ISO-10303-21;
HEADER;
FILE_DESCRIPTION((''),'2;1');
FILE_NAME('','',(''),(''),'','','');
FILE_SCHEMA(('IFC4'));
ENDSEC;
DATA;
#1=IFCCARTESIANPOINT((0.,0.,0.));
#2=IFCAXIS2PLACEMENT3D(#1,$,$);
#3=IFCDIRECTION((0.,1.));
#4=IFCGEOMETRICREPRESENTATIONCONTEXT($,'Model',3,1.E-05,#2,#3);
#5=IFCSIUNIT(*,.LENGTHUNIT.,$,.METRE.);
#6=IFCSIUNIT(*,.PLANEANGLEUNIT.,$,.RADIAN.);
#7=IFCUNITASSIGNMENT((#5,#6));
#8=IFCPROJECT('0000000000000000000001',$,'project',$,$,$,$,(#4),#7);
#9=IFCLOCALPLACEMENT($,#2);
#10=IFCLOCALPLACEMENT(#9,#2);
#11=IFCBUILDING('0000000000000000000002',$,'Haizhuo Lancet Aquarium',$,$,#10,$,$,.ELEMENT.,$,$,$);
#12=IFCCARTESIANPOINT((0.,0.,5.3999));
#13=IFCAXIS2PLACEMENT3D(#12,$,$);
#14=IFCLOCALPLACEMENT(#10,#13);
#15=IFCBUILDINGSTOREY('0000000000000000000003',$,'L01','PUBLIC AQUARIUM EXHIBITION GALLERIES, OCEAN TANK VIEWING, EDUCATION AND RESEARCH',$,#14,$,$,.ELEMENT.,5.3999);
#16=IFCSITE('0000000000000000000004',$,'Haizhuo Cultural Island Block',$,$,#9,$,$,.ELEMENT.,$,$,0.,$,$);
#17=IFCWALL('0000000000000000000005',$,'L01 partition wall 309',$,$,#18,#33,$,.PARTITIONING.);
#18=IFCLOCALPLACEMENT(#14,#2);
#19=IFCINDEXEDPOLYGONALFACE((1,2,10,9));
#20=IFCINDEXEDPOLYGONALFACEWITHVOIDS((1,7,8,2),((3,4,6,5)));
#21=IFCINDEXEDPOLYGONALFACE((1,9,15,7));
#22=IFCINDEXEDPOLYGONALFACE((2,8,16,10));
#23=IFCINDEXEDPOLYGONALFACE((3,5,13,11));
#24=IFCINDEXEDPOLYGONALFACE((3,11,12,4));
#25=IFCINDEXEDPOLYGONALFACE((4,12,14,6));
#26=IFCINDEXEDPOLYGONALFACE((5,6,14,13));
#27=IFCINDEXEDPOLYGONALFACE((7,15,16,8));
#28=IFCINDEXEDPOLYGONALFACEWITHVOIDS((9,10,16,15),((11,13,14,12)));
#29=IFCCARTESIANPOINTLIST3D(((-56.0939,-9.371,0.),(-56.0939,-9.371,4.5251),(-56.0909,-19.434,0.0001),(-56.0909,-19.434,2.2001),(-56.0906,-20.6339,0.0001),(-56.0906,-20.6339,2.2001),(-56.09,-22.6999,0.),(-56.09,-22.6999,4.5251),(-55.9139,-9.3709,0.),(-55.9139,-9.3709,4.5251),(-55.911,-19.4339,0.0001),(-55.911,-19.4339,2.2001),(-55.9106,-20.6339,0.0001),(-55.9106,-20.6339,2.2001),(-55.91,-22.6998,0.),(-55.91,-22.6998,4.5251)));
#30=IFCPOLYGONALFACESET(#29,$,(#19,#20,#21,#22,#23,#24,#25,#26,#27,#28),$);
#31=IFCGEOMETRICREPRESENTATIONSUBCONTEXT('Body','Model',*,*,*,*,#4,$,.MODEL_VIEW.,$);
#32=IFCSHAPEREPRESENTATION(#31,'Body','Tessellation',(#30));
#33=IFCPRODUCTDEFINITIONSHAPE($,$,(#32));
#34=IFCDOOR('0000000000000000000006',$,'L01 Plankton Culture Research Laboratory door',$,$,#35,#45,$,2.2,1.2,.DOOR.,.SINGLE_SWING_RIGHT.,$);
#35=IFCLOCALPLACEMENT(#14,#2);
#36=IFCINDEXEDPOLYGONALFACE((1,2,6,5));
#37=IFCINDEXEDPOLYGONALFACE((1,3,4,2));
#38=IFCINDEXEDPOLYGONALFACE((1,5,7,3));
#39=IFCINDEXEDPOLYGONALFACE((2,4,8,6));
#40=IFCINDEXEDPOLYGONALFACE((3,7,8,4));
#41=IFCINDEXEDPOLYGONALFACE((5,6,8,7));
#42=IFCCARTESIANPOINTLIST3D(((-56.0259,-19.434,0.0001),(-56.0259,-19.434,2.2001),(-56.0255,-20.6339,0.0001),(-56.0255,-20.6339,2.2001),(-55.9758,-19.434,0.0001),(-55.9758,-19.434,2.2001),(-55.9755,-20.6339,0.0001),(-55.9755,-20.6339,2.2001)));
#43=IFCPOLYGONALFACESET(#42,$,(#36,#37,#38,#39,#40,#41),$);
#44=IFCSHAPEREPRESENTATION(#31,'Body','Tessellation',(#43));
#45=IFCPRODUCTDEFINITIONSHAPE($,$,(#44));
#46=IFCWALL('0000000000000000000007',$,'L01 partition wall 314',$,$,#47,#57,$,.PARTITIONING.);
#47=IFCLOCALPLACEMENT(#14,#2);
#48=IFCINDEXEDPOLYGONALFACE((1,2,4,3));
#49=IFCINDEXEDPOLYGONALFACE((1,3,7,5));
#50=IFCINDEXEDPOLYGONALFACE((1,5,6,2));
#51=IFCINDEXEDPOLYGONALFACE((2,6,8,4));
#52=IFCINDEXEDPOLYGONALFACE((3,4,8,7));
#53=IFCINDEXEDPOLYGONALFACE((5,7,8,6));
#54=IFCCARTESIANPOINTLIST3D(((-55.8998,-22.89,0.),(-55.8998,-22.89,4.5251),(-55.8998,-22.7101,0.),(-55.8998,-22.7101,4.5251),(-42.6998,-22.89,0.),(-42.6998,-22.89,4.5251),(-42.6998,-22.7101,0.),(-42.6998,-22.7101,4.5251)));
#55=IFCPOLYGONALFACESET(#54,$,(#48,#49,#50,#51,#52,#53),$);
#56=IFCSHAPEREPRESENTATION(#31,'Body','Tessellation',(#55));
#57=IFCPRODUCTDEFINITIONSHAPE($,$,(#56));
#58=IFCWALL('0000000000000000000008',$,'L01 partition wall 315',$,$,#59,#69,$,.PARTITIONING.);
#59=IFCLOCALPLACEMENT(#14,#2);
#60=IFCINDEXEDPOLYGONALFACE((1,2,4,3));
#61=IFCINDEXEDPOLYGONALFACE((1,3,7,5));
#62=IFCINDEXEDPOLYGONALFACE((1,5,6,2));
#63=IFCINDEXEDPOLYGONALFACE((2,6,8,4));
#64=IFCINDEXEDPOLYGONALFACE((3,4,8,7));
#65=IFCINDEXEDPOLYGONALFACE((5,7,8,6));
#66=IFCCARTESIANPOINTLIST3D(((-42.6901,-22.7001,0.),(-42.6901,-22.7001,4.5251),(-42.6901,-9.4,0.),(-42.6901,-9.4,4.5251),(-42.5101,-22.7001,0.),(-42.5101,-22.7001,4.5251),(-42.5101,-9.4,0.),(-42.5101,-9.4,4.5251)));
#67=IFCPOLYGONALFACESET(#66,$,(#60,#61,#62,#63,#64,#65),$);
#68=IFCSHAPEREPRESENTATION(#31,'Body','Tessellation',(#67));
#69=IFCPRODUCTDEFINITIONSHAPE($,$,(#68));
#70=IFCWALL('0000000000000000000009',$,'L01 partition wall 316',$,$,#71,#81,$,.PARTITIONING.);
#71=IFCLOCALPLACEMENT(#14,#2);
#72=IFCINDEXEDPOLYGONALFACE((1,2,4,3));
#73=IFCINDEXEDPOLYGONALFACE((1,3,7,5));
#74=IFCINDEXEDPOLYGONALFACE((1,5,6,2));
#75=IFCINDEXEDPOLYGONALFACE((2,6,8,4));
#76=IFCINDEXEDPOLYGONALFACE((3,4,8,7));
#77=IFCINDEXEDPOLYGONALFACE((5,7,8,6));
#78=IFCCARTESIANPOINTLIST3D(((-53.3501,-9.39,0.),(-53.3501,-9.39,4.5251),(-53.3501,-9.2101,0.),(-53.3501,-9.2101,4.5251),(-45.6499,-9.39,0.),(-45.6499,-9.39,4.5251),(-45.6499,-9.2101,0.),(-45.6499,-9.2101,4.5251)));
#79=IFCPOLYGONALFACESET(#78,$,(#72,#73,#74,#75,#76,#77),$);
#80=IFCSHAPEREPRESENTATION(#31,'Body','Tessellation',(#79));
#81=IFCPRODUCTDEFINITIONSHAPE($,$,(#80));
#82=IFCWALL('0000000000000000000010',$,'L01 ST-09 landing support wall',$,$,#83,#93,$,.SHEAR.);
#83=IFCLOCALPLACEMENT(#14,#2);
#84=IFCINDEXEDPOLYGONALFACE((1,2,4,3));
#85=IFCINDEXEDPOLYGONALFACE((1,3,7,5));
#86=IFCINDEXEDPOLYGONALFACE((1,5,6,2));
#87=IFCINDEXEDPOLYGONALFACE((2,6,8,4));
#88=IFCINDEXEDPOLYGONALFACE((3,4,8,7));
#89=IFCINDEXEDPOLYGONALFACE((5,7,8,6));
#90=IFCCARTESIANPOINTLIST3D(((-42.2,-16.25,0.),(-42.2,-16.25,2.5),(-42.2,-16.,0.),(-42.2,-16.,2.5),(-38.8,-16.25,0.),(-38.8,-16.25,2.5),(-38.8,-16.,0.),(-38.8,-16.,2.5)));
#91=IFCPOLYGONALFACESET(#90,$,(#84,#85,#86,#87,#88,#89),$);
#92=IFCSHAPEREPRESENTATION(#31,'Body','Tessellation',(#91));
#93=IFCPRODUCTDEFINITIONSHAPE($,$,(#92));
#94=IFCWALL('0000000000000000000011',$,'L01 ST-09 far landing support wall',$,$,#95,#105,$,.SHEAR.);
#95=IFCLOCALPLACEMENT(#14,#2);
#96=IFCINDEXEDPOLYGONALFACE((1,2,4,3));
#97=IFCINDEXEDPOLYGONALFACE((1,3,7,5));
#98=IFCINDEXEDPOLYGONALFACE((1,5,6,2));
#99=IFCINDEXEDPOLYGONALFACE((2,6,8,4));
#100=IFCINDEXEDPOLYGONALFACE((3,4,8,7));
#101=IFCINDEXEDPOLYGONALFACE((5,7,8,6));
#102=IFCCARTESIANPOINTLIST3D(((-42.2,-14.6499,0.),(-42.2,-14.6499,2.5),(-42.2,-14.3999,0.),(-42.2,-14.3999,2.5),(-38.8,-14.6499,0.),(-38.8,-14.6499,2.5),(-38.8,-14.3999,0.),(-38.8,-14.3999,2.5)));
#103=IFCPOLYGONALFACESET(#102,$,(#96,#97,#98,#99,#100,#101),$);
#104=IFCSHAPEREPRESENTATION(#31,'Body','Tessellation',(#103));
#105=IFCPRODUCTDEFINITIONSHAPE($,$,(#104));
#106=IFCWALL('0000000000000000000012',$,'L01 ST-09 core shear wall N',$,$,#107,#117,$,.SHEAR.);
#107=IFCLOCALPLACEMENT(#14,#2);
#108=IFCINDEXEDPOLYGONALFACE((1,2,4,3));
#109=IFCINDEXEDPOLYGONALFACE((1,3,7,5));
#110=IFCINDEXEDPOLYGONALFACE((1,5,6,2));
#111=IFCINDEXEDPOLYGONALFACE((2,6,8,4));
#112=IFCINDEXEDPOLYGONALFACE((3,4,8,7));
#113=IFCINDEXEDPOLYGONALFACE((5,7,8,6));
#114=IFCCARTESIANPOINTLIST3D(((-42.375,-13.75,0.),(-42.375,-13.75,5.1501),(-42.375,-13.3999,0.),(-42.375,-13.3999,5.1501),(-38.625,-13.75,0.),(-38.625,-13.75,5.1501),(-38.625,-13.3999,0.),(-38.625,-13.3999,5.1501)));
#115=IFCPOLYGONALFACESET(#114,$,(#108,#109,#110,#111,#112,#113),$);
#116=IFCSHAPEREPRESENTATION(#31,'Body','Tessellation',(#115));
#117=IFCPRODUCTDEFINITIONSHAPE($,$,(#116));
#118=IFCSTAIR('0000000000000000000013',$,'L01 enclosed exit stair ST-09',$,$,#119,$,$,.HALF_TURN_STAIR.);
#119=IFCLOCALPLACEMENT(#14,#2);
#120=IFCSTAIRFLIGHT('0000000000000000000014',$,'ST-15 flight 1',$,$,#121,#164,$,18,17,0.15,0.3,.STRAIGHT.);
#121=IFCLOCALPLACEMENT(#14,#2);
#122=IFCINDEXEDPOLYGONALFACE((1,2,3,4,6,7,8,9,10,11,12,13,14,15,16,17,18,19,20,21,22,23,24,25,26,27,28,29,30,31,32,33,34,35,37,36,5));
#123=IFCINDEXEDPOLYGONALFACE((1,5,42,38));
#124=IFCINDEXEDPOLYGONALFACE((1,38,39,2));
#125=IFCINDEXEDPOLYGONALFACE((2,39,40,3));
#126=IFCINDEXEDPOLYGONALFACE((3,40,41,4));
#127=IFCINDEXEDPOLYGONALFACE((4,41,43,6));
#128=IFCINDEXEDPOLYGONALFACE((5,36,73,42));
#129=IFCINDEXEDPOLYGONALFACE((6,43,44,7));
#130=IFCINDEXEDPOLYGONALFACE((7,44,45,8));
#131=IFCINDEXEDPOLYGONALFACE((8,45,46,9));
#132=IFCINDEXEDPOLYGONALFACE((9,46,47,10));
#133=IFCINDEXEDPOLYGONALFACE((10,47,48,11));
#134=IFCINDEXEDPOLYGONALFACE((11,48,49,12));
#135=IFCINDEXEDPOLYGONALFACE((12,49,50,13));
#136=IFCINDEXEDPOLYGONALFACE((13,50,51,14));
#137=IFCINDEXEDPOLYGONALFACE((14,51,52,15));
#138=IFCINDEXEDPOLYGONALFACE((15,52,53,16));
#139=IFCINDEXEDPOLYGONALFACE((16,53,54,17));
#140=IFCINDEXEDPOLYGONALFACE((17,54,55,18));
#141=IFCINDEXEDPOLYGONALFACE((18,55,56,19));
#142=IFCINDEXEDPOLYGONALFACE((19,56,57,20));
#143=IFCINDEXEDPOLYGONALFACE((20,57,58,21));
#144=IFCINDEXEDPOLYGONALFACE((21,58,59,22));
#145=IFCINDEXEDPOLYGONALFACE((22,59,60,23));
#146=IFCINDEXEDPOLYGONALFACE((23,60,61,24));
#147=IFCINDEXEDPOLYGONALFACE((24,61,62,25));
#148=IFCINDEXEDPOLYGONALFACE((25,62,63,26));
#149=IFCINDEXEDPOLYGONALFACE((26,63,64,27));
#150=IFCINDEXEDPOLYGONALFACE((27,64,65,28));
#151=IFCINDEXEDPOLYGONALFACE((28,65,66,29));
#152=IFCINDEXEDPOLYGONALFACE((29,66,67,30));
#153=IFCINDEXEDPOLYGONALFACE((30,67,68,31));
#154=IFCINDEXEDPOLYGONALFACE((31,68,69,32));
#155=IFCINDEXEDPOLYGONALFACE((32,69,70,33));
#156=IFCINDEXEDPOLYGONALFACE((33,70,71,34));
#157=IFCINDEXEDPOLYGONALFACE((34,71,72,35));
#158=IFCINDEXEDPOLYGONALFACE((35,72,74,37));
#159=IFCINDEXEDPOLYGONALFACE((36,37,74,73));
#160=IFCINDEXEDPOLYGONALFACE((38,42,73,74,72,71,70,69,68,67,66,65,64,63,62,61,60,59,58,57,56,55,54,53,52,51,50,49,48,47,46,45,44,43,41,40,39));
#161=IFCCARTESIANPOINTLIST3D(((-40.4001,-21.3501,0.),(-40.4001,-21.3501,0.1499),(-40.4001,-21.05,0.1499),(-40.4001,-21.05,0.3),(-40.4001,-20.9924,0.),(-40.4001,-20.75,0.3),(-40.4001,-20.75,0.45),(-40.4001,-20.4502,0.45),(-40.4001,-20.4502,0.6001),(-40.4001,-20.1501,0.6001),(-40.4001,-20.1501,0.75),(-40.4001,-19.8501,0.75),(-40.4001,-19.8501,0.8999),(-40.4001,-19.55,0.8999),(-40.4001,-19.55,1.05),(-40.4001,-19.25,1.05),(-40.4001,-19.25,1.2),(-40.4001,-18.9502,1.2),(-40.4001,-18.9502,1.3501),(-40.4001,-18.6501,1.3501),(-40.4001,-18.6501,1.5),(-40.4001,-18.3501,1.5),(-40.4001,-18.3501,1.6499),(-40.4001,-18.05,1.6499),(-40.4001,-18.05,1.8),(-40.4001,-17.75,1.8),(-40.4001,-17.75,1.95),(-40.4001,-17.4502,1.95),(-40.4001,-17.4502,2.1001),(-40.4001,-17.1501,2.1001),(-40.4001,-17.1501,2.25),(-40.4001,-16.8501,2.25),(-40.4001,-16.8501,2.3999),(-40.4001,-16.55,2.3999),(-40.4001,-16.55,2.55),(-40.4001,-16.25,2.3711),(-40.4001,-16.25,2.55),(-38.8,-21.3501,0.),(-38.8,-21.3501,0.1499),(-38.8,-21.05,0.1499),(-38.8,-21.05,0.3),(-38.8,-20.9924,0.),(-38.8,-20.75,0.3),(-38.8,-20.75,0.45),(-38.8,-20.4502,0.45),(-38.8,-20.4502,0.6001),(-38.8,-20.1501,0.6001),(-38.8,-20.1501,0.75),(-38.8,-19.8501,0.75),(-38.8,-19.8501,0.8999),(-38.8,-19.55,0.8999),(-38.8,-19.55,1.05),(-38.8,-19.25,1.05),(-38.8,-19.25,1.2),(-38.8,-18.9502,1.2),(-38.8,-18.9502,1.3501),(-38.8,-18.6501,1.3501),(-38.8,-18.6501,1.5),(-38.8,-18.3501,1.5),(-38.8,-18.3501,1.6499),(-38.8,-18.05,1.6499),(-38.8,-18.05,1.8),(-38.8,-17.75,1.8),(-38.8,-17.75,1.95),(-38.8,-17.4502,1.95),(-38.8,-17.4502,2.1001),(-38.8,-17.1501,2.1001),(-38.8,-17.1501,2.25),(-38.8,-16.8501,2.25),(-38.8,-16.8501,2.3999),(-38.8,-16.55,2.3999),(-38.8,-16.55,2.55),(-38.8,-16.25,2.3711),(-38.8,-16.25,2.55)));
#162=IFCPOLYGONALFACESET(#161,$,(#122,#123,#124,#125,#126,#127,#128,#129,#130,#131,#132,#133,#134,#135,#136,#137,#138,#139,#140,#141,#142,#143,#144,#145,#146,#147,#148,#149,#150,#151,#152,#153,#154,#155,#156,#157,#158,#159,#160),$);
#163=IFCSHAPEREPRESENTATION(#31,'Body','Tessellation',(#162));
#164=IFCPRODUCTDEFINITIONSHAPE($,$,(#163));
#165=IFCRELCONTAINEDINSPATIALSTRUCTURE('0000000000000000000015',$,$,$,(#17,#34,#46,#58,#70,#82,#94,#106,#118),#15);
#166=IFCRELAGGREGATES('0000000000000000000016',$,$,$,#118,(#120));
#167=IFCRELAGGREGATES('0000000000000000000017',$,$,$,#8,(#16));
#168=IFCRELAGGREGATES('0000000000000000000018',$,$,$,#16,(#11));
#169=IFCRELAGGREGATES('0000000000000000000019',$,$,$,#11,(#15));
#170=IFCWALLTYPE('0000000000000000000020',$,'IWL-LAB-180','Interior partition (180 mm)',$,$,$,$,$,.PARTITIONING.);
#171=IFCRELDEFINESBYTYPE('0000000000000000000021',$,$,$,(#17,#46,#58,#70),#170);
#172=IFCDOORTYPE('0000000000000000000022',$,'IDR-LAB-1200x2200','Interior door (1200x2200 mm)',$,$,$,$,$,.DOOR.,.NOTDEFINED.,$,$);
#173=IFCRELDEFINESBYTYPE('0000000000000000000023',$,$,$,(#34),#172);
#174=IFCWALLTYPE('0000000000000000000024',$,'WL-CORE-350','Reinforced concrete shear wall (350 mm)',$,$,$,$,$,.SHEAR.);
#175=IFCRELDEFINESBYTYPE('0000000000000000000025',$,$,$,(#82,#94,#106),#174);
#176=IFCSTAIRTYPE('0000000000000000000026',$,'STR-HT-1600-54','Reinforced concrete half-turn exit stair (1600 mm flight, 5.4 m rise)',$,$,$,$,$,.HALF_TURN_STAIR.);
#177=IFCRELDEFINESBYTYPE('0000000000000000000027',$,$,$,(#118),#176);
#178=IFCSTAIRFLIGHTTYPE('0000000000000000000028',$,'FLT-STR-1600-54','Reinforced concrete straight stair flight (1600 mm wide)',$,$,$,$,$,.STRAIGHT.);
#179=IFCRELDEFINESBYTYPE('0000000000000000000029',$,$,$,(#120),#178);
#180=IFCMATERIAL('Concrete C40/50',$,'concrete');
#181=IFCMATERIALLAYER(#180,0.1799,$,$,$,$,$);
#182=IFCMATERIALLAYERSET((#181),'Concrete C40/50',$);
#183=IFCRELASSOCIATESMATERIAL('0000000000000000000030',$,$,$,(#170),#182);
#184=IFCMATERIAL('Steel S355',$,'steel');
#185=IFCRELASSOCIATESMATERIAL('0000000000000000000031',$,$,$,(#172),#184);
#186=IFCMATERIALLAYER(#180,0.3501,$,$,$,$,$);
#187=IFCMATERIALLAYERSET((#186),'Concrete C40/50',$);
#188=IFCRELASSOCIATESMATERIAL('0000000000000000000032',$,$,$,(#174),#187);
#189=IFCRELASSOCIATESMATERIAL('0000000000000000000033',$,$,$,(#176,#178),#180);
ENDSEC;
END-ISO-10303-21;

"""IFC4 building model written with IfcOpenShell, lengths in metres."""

from ifc_helpers import new_model, si_unit, direction, frame, frame_2d, origin, place, context, subcontext, project, spatial, polyline, rectangle, outline, extrude, material, layer, layer_set, type_object, element, fill, aggregate, save


model = new_model("IFC4")

# Units and contexts
model_context = context("Model", 3, precision=1e-05, world=origin(), true_north=direction((0.0, 1.0)))
body_context = subcontext(model_context, "Body", "Model", "MODEL_VIEW")
ifc_project = project(units=[si_unit("LENGTHUNIT", "METRE"), si_unit("PLANEANGLEUNIT", "RADIAN")], contexts=[model_context])

# Site, building, storey
site_placement = place(None, origin())
site = spatial("IfcSite", under=ifc_project, at=site_placement, Name="Haizhuo Cultural Island Block", CompositionType="ELEMENT", RefElevation=0.0)
building_placement = place(site_placement, origin())
building = spatial("IfcBuilding", under=site, at=building_placement, Name="Haizhuo Lancet Aquarium", CompositionType="ELEMENT")
storey_placement = place(building_placement, frame((0.0, 0.0, 5.3999)))
storey = spatial("IfcBuildingStorey", under=building, at=storey_placement, Name="L01", Description="PUBLIC AQUARIUM EXHIBITION GALLERIES, OCEAN TANK VIEWING, EDUCATION AND RESEARCH", CompositionType="ELEMENT", Elevation=5.3999)

# Shared definitions
ifc_material_1 = material(Name="Concrete C40/50", Category="concrete")

# Shared definitions
ifc_material_2 = material(Name="Steel S355", Category="steel")

# Wall, opening, door
ifc_layer_1 = layer(ifc_material_1, 0.1799)
ifc_layer_set_1 = layer_set([ifc_layer_1], Name="Concrete C40/50")
wall_type_1 = type_object("IfcWallType", Name="IWL-LAB-180", Description="Interior partition (180 mm)", PredefinedType="PARTITIONING", material=ifc_layer_set_1)
wall_1_placement = place(storey_placement, frame((-56.0, -22.7, 0.0), z_axis=(0.0, 0.0, 1.0), x_axis=(-0.000293, 1.0, 0.0)))
wall_1 = element("IfcWall", 1, at=wall_1_placement, inside=storey, type_object=wall_type_1, Name="L01 partition wall 309", PredefinedType="PARTITIONING", context=body_context, shape_type="SweptSolid", body=[
    extrude(rectangle(XDim=13.3289, YDim=0.1799, at=frame_2d((6.6646, 0.0))), origin(), (0.0, 0.0, 1.0), 4.5251),
])
opening_placement = place(wall_1_placement, frame((2.0659, 0.0, 0.0)))
opening = element("IfcOpeningElement", 2, at=opening_placement, cuts=wall_1, PredefinedType="OPENING", context=body_context, shape_type="SweptSolid", body=[
    extrude(rectangle(XDim=1.2, YDim=2.2, at=frame_2d((0.6001, 1.1001))), frame((0.0, 0.0999, 0.0), z_axis=(0.0, -1.0, 0.0), x_axis=(1.0, 0.0, 0.0)), (0.0, 0.0, 1.0), 0.1999),
])
door_type = type_object("IfcDoorType", Name="IDR-LAB-1200x2200", Description="Interior door (1200x2200 mm)", OperationType="NOTDEFINED", PredefinedType="DOOR", material=ifc_material_2)
door_placement = place(opening_placement, origin())
door = element("IfcDoor", 3, at=door_placement, inside=storey, type_object=door_type, Name="L01 Plankton Culture Research Laboratory door", OperationType="SINGLE_SWING_RIGHT", OverallHeight=2.2, OverallWidth=1.2, PredefinedType="DOOR", context=body_context, shape_type="SweptSolid", body=[
    extrude(rectangle(XDim=1.2, YDim=2.2, at=frame_2d((0.6001, 1.1001))), frame((0.0, 0.0249, 0.0), z_axis=(0.0, -1.0, 0.0), x_axis=(1.0, 0.0, 0.0)), (0.0, 0.0, 1.0), 0.05),
])
fill(opening, door)

# Walls
wall_2_placement = place(storey_placement, frame((-55.8999, -22.8, 0.0), z_axis=(0.0, 0.0, 1.0), x_axis=(1.0, 0.0, 0.0)))
element("IfcWall", 4, at=wall_2_placement, inside=storey, type_object=wall_type_1, Name="L01 partition wall 314", PredefinedType="PARTITIONING", context=body_context, shape_type="SweptSolid", body=[
    extrude(rectangle(XDim=13.2, YDim=0.1799, at=frame_2d((6.6001, 0.0))), origin(), (0.0, 0.0, 1.0), 4.5251),
])
wall_3_placement = place(storey_placement, frame((-42.6001, -22.7, 0.0), z_axis=(0.0, 0.0, 1.0), x_axis=(0.0, 1.0, 0.0)))
element("IfcWall", 5, at=wall_3_placement, inside=storey, type_object=wall_type_1, Name="L01 partition wall 315", PredefinedType="PARTITIONING", context=body_context, shape_type="SweptSolid", body=[
    extrude(rectangle(XDim=13.3, YDim=0.1799, at=frame_2d((6.6499, 0.0))), origin(), (0.0, 0.0, 1.0), 4.5251),
])
wall_4_placement = place(storey_placement, frame((-45.6499, -9.3, 0.0), z_axis=(0.0, 0.0, 1.0), x_axis=(-1.0, 0.0, 0.0)))
element("IfcWall", 6, at=wall_4_placement, inside=storey, type_object=wall_type_1, Name="L01 partition wall 316", PredefinedType="PARTITIONING", context=body_context, shape_type="SweptSolid", body=[
    extrude(rectangle(XDim=7.7002, YDim=0.1799, at=frame_2d((3.8501, 0.0))), origin(), (0.0, 0.0, 1.0), 4.5251),
])
ifc_layer_2 = layer(ifc_material_1, 0.3501)
ifc_layer_set_2 = layer_set([ifc_layer_2], Name="Concrete C40/50")
wall_type_2 = type_object("IfcWallType", Name="WL-CORE-350", Description="Reinforced concrete shear wall (350 mm)", PredefinedType="SHEAR", material=ifc_layer_set_2)
for number, where, z_axis, x_axis, name in (
    (7, (-42.2, -16.125, 0.0), (0.0, 0.0, 1.0), (1.0, 0.0, 0.0), "L01 ST-09 landing support wall"),
    (8, (-42.2, -14.5249, 0.0), (0.0, 0.0, 1.0), (1.0, 0.0, 0.0), "L01 ST-09 far landing support wall"),
):
    element("IfcWall", number, at=place(storey_placement, frame(where, z_axis=z_axis, x_axis=x_axis)), inside=storey, type_object=wall_type_2, Name=name, PredefinedType="SHEAR", context=body_context, shape_type="SweptSolid", body=[
        extrude(rectangle(XDim=3.3999, YDim=0.25, at=frame_2d((1.7, 0.0))), origin(), (0.0, 0.0, 1.0), 2.5),
    ])
wall_5_placement = place(storey_placement, frame((-42.375, -13.575, 0.0), z_axis=(0.0, 0.0, 1.0), x_axis=(1.0, 0.0, 0.0)))
element("IfcWall", 9, at=wall_5_placement, inside=storey, type_object=wall_type_2, Name="L01 ST-09 core shear wall N", PredefinedType="SHEAR", context=body_context, shape_type="SweptSolid", body=[
    extrude(rectangle(XDim=3.75, YDim=0.3501, at=frame_2d((1.875, 0.0))), origin(), (0.0, 0.0, 1.0), 5.1501),
])

# Stair, stair flight
stair_type = type_object("IfcStairType", Name="STR-HT-1600-54", Description="Reinforced concrete half-turn exit stair (1600 mm flight, 5.4 m rise)", PredefinedType="HALF_TURN_STAIR", material=ifc_material_1)
stair_placement = place(storey_placement, origin())
stair = element("IfcStair", 10, at=stair_placement, inside=storey, type_object=stair_type, Name="L01 enclosed exit stair ST-09", PredefinedType="HALF_TURN_STAIR")
stair_flight_type = type_object("IfcStairFlightType", Name="FLT-STR-1600-54", Description="Reinforced concrete straight stair flight (1600 mm wide)", PredefinedType="STRAIGHT", material=ifc_material_1)
stair_flight_1_placement = place(storey_placement, frame((-39.6001, -21.3501, 0.0), z_axis=(0.0, 0.0, 1.0), x_axis=(0.0, 1.0, 0.0)))
stair_flight_1 = element("IfcStairFlight", 11, at=stair_flight_1_placement, type_object=stair_flight_type, Name="ST-15 flight 1", NumberOfRisers=18, NumberOfTreads=17, PredefinedType="STRAIGHT", RiserHeight=0.15, TreadLength=0.3, context=body_context, shape_type="SweptSolid", body=[
    extrude(outline(polyline([(0.0, 0.0), (0.0, 0.1499), (0.3, 0.1499), (0.3, 0.3), (0.6001, 0.3), (0.6001, 0.45), (0.8999, 0.45), (0.8999, 0.6001), (1.2, 0.6001), (1.2, 0.75), (1.5, 0.75), (1.5, 0.8999), (1.8, 0.8999), (1.8, 1.05), (2.1001, 1.05), (2.1001, 1.2), (2.3999, 1.2), (2.3999, 1.3501), (2.7, 1.3501), (2.7, 1.5), (3.0, 1.5), (3.0, 1.6499), (3.3, 1.6499), (3.3, 1.8), (3.6001, 1.8), (3.6001, 1.95), (3.8999, 1.95), (3.8999, 2.1001), (4.2, 2.1001), (4.2, 2.25), (4.5, 2.25), (4.5, 2.3999), (4.8, 2.3999), (4.8, 2.55), (5.1001, 2.55), (5.1001, 2.7), (5.1001, 2.3711), (0.3577, 0.0), (0.0, 0.0)])), frame((0.0, 0.8, 0.0), z_axis=(0.0, -1.0, 0.0), x_axis=(1.0, 0.0, 0.0)), (0.0, 0.0, 1.0), 1.6001),
])
aggregate(stair, [stair_flight_1])

save(model, "model.ifc")
